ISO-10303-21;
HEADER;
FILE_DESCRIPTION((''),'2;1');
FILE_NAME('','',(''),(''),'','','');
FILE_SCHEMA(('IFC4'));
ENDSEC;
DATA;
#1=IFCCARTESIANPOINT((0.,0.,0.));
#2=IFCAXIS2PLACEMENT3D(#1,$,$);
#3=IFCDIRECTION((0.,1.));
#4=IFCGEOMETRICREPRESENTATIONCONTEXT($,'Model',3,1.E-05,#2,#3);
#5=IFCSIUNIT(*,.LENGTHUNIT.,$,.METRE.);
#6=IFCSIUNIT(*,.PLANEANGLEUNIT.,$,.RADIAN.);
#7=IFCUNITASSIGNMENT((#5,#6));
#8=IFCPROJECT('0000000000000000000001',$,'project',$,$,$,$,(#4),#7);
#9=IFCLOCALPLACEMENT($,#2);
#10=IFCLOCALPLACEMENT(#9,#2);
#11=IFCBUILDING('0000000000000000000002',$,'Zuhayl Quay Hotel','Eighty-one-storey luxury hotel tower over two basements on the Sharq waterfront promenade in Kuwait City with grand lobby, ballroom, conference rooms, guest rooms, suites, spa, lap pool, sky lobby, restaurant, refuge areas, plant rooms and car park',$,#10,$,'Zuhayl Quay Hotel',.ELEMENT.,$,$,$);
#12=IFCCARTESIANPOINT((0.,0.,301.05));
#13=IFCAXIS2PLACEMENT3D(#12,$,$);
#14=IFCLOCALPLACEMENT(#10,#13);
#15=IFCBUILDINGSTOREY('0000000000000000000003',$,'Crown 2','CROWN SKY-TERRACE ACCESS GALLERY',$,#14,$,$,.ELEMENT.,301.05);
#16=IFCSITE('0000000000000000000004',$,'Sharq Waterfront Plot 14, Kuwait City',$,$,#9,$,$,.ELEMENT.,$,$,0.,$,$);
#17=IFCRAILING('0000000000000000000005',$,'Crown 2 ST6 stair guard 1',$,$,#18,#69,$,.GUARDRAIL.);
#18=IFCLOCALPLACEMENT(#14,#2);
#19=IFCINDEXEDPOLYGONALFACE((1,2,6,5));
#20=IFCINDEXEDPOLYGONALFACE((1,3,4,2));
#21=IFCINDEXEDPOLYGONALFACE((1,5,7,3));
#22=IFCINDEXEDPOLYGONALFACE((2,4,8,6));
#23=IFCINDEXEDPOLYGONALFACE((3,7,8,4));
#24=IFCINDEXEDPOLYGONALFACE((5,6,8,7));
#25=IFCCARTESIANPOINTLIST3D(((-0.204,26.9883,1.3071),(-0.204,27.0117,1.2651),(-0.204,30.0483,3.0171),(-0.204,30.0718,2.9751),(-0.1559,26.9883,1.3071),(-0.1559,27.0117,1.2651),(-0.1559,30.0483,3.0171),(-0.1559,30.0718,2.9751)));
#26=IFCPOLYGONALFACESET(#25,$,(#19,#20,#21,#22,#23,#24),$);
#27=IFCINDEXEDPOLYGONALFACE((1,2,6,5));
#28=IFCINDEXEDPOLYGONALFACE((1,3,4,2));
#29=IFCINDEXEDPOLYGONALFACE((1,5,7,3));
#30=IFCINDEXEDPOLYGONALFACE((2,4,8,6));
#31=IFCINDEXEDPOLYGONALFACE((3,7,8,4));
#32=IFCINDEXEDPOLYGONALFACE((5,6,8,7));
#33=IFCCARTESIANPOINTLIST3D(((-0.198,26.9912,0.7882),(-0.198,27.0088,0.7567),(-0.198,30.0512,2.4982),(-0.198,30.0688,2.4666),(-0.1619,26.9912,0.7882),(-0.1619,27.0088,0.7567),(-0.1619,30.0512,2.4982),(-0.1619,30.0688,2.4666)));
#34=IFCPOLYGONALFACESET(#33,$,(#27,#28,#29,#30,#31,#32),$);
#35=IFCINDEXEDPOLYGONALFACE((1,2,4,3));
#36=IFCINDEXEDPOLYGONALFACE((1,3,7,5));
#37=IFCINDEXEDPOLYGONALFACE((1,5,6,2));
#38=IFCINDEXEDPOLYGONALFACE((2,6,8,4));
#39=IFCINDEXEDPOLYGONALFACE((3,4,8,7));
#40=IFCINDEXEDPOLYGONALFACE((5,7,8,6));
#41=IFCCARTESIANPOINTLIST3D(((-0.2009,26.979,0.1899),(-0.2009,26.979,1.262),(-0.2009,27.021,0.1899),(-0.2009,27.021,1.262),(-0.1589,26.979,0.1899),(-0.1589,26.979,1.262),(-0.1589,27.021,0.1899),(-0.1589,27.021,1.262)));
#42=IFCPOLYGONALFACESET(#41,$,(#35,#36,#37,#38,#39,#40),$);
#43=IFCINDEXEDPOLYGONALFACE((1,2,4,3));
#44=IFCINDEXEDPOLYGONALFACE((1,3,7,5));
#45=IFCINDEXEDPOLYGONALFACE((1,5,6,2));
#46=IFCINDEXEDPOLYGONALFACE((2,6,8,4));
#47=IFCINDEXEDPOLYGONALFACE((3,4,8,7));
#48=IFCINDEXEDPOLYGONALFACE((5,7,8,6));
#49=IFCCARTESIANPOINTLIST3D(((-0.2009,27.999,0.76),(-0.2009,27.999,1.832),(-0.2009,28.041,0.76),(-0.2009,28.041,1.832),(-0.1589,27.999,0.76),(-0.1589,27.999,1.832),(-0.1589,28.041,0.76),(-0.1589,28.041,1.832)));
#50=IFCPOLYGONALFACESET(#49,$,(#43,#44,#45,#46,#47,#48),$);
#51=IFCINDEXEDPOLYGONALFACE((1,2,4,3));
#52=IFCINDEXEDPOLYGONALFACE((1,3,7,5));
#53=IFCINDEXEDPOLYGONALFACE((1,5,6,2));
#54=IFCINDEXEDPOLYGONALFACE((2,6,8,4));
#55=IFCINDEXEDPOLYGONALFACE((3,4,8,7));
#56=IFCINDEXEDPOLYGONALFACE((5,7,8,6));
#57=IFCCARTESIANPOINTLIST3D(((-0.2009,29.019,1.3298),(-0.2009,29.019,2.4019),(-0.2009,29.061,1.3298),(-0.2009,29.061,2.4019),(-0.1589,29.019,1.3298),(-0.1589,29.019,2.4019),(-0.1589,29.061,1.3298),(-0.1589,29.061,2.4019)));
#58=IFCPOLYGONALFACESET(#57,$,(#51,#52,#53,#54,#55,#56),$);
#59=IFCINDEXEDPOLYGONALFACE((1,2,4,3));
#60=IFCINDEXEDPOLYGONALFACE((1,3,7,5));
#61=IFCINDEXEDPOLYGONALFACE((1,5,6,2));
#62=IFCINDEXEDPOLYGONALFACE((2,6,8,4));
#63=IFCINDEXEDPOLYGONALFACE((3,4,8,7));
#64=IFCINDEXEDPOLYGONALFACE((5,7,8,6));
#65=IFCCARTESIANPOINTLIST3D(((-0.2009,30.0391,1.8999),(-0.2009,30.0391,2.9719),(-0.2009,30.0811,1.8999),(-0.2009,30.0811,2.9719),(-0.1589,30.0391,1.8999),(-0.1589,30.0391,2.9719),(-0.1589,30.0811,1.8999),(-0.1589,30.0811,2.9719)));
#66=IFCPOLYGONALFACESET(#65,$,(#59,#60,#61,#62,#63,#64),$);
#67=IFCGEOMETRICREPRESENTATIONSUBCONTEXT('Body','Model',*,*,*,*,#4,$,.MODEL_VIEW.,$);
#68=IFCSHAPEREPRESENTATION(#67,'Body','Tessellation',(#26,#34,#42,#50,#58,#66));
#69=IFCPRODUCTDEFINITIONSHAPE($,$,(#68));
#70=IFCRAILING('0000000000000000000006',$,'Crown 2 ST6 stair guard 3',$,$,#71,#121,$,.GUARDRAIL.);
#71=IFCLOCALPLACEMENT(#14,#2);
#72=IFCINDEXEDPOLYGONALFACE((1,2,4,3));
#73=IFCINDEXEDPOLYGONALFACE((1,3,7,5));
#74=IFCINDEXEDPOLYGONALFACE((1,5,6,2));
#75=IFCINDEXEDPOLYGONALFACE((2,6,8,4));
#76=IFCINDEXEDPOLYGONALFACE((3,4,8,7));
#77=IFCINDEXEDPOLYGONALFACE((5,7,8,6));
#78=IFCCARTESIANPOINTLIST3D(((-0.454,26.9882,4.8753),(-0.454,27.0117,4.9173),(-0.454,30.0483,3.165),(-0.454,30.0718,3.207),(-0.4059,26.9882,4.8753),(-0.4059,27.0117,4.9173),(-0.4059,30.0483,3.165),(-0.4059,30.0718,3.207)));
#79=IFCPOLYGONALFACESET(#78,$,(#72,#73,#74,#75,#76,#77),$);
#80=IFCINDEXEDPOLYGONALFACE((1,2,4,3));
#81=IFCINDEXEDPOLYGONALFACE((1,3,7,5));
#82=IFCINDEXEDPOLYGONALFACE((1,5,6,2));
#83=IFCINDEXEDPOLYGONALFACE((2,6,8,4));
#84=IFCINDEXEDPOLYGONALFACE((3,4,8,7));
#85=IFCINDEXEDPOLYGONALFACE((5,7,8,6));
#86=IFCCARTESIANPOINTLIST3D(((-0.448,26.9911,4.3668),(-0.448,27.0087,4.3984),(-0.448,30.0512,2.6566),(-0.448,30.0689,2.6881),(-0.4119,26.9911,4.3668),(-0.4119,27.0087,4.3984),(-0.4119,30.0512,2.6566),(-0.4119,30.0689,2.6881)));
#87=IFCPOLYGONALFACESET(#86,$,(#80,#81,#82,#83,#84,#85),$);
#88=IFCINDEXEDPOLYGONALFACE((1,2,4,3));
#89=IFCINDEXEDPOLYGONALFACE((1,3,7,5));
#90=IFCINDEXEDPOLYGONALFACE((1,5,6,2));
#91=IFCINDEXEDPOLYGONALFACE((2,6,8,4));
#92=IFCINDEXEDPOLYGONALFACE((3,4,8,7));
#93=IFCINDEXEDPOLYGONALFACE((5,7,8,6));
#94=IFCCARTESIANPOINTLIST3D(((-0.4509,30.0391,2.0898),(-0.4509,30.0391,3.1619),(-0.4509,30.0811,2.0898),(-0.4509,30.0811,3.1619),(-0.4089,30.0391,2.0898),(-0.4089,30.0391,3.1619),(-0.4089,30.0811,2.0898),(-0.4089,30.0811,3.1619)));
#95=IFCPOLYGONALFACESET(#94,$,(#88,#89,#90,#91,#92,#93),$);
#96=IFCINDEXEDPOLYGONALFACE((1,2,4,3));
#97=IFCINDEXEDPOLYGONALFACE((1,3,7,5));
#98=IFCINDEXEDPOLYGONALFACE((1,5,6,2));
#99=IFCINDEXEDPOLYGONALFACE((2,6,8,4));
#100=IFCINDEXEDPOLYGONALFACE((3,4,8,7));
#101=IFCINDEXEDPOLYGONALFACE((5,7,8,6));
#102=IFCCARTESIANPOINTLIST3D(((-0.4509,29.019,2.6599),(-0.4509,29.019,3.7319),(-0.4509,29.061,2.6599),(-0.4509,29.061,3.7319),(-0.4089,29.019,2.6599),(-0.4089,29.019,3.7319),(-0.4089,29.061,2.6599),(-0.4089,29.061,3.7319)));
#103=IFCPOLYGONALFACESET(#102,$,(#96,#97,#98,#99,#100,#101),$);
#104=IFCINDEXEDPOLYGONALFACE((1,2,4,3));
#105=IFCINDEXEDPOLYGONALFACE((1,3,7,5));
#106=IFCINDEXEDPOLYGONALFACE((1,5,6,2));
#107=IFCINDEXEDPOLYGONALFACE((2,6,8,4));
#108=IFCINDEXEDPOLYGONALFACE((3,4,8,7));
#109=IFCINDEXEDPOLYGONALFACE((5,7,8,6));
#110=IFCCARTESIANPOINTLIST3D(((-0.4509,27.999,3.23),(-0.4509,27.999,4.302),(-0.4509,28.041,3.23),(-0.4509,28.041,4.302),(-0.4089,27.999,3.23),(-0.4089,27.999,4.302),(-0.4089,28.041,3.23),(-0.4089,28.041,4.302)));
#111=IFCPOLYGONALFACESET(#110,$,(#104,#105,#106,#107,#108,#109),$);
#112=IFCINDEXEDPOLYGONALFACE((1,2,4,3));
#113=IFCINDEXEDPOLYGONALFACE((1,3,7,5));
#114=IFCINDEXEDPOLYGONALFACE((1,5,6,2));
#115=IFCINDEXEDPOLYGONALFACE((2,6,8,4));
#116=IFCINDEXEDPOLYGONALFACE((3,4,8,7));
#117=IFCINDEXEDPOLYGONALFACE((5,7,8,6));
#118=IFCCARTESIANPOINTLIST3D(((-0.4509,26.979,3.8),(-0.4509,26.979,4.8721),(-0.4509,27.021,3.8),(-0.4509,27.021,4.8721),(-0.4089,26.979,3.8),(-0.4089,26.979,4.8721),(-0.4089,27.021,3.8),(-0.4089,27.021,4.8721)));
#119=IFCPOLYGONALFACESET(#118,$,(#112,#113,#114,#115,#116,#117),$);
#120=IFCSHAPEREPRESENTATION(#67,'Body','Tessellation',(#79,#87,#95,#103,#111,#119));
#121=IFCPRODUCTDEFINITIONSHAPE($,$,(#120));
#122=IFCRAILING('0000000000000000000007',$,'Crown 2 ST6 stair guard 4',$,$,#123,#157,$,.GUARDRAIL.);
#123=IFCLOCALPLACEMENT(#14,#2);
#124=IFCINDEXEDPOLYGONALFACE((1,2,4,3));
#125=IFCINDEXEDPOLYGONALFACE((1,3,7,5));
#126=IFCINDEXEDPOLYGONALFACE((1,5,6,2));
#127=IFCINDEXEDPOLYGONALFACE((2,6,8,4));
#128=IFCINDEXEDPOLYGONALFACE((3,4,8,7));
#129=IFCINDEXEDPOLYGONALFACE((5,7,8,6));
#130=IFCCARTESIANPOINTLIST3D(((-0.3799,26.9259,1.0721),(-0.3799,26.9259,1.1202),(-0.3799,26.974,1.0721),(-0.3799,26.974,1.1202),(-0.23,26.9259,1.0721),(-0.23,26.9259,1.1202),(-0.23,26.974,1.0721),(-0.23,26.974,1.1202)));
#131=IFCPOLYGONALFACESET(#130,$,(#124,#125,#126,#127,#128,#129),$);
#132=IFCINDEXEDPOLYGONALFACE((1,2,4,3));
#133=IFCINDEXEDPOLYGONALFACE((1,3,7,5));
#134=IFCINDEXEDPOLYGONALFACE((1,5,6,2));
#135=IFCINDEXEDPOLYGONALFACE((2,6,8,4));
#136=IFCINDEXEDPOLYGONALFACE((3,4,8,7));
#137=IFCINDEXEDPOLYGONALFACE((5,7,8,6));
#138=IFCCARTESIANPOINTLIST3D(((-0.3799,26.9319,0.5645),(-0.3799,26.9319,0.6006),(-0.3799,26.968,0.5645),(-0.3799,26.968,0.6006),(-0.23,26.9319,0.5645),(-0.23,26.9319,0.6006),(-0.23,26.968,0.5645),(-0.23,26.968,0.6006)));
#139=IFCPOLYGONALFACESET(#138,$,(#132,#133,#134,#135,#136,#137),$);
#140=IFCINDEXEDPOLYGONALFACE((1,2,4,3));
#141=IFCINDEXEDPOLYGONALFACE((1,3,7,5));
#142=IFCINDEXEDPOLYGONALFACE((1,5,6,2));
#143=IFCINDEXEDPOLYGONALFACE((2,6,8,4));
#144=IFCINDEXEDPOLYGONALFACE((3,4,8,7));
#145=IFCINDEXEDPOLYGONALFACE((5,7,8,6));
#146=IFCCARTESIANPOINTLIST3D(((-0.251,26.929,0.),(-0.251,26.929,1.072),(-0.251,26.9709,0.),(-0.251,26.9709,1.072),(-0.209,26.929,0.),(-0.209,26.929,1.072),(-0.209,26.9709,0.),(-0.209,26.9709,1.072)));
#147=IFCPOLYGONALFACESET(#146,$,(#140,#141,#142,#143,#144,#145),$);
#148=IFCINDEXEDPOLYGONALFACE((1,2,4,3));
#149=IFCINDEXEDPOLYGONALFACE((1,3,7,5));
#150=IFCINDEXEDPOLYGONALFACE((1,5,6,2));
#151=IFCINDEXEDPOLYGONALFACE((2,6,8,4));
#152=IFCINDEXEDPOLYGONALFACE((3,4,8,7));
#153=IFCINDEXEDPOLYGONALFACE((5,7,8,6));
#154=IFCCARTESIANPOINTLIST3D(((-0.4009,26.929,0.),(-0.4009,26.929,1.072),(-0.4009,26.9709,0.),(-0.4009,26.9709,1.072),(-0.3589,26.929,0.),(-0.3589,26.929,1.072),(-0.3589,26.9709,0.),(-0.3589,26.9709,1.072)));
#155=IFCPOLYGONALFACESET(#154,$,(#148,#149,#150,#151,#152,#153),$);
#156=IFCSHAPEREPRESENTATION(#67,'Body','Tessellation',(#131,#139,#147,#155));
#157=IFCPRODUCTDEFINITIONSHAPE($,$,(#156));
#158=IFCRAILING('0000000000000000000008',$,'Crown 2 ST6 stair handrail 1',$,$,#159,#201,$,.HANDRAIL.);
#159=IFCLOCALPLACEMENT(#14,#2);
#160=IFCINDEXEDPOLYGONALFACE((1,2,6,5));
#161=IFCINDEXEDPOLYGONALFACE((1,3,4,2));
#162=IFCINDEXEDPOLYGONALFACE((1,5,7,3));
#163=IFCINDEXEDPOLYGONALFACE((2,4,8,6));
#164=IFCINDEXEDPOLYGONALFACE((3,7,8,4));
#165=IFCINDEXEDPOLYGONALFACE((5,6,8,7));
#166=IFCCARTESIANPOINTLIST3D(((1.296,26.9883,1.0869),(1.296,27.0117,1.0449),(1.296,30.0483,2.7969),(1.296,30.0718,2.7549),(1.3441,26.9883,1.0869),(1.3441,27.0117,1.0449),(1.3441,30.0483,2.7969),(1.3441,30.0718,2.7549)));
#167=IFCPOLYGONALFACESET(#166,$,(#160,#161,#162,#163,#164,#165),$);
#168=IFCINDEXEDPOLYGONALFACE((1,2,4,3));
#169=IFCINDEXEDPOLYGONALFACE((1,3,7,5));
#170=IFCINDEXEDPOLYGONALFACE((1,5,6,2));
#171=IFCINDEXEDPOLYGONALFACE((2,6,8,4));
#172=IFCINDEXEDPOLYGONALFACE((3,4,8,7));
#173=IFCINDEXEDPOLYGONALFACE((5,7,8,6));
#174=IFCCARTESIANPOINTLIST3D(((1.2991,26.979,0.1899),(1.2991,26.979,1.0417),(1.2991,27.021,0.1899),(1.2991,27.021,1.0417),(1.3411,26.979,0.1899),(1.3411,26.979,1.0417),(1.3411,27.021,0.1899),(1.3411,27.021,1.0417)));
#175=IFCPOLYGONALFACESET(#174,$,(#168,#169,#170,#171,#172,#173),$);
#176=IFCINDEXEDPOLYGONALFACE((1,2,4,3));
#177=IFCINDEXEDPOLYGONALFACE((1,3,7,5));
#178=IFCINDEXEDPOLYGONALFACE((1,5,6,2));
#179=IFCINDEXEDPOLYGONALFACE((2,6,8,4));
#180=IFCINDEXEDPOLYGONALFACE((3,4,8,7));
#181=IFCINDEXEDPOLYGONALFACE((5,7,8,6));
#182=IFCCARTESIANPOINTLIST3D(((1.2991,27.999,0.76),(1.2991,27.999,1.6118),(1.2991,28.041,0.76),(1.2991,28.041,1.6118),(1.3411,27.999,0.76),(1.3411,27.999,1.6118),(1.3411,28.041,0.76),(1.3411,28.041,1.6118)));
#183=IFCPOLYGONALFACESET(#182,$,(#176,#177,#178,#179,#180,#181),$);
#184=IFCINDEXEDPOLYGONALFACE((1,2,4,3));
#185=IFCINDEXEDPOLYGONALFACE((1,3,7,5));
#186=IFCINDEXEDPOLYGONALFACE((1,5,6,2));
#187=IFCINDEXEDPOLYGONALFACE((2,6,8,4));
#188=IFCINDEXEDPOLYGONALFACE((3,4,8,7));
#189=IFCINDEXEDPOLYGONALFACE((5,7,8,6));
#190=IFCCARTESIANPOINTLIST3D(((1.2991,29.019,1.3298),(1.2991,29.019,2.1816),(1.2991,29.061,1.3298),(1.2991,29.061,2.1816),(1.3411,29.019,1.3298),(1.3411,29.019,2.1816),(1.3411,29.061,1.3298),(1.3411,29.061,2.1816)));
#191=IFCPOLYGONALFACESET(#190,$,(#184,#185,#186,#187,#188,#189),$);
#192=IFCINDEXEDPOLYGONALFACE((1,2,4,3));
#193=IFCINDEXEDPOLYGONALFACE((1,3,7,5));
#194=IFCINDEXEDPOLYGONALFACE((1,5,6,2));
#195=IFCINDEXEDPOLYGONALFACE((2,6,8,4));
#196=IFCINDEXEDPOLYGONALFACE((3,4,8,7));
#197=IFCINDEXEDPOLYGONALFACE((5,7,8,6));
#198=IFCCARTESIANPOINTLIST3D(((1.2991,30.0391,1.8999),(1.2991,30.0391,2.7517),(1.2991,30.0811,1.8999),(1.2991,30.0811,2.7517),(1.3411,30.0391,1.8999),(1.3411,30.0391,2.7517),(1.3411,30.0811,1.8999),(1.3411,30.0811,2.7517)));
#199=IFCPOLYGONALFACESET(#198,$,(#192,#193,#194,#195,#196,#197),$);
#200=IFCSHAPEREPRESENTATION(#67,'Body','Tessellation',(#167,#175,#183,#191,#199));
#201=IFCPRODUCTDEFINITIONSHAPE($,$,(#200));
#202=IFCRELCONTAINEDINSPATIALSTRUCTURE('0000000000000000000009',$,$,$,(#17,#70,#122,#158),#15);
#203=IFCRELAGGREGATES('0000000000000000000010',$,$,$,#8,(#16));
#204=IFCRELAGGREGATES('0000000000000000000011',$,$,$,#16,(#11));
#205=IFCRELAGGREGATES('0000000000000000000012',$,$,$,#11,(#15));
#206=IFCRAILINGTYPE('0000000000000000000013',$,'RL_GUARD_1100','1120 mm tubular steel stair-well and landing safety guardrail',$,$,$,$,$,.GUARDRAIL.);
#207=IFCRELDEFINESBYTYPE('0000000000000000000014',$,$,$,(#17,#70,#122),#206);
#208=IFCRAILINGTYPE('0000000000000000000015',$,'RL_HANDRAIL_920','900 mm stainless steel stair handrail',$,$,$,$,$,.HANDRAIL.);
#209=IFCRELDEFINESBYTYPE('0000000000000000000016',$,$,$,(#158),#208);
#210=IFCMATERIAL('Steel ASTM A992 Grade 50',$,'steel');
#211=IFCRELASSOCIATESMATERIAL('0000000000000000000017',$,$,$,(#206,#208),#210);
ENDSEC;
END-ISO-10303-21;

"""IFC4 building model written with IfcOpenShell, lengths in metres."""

from ifc_helpers import new_model, si_unit, direction, frame, origin, origin_2d, place, context, subcontext, project, spatial, rectangle, extrude, material, type_object, element, save


model = new_model("IFC4")

# Units and contexts
model_context = context("Model", 3, precision=1e-05, world=origin(), true_north=direction((0.0, 1.0)))
body_context = subcontext(model_context, "Body", "Model", "MODEL_VIEW")
ifc_project = project(units=[si_unit("LENGTHUNIT", "METRE"), si_unit("PLANEANGLEUNIT", "RADIAN")], contexts=[model_context])

# Site, building, storey
site_placement = place(None, origin())
site = spatial("IfcSite", under=ifc_project, at=site_placement, Name="Sharq Waterfront Plot 14, Kuwait City", CompositionType="ELEMENT", RefElevation=0.0)
building_placement = place(site_placement, origin())
building = spatial("IfcBuilding", under=site, at=building_placement, Name="Zuhayl Quay Hotel", Description="Eighty-one-storey luxury hotel tower over two basements on the Sharq waterfront promenade in Kuwait City with grand lobby, ballroom, conference rooms, guest rooms, suites, spa, lap pool, sky lobby, restaurant, refuge areas, plant rooms and car park", LongName="Zuhayl Quay Hotel", CompositionType="ELEMENT")
storey_placement = place(building_placement, frame((0.0, 0.0, 301.05)))
storey = spatial("IfcBuildingStorey", under=building, at=storey_placement, Name="Crown 2", Description="CROWN SKY-TERRACE ACCESS GALLERY", CompositionType="ELEMENT", Elevation=301.05)

# Railings
ifc_material_1 = material(Name="Steel ASTM A992 Grade 50", Category="steel")
railing_type_1 = type_object("IfcRailingType", Name="RL_GUARD_1100", Description="1120 mm tubular steel stair-well and landing safety guardrail", PredefinedType="GUARDRAIL", material=ifc_material_1)
railing_1_placement = place(storey_placement, frame((-0.1799, 27.0, 0.1899)))
element("IfcRailing", 1, at=railing_1_placement, inside=storey, type_object=railing_type_1, Name="Crown 2 ST6 stair guard 1", PredefinedType="GUARDRAIL", context=body_context, shape_type="SweptSolid", body=[
    extrude(rectangle(XDim=0.0481, YDim=0.0481, at=origin_2d()), frame((0.0, 0.0, 1.0962), z_axis=(0.0, 0.872952, 0.487806), x_axis=(-1.0, 0.0, 0.0)), (0.0, 0.0, 1.0), 3.5054),
    extrude(rectangle(XDim=0.0361, YDim=0.0361, at=origin_2d()), frame((0.0, 0.0, 0.5825), z_axis=(0.0, 0.872952, 0.487806), x_axis=(-1.0, 0.0, 0.0)), (0.0, 0.0, 1.0), 3.5054),
    extrude(rectangle(XDim=0.042, YDim=0.042, at=origin_2d()), origin(), (0.0, 0.0, 1.0), 1.072),
    extrude(rectangle(XDim=0.042, YDim=0.042, at=origin_2d()), frame((0.0, 1.02, 0.5701)), (0.0, 0.0, 1.0), 1.072),
    extrude(rectangle(XDim=0.042, YDim=0.042, at=origin_2d()), frame((0.0, 2.04, 1.1399)), (0.0, 0.0, 1.0), 1.072),
    extrude(rectangle(XDim=0.042, YDim=0.042, at=origin_2d()), frame((0.0, 3.0601, 1.71)), (0.0, 0.0, 1.0), 1.072),
])
railing_2_placement = place(storey_placement, frame((-0.4299, 30.0601, 2.0898)))
element("IfcRailing", 2, at=railing_2_placement, inside=storey, type_object=railing_type_1, Name="Crown 2 ST6 stair guard 3", PredefinedType="GUARDRAIL", context=body_context, shape_type="SweptSolid", body=[
    extrude(rectangle(XDim=0.0481, YDim=0.0481, at=origin_2d()), frame((0.0, 0.0, 1.0962), z_axis=(0.0, -0.872923, 0.487859), x_axis=(1.0, 0.0, 0.0)), (0.0, 0.0, 1.0), 3.5056),
    extrude(rectangle(XDim=0.0361, YDim=0.0361, at=origin_2d()), frame((0.0, 0.0, 0.5825), z_axis=(0.0, -0.872923, 0.487859), x_axis=(1.0, 0.0, 0.0)), (0.0, 0.0, 1.0), 3.5056),
    extrude(rectangle(XDim=0.042, YDim=0.042, at=origin_2d()), origin(), (0.0, 0.0, 1.0), 1.072),
    extrude(rectangle(XDim=0.042, YDim=0.042, at=origin_2d()), frame((0.0, -1.02, 0.5701)), (0.0, 0.0, 1.0), 1.072),
    extrude(rectangle(XDim=0.042, YDim=0.042, at=origin_2d()), frame((0.0, -2.04, 1.1401)), (0.0, 0.0, 1.0), 1.072),
    extrude(rectangle(XDim=0.042, YDim=0.042, at=origin_2d()), frame((0.0, -3.0601, 1.7102)), (0.0, 0.0, 1.0), 1.072),
])
railing_3_placement = place(storey_placement, frame((-0.23, 26.95, 0.0)))
element("IfcRailing", 3, at=railing_3_placement, inside=storey, type_object=railing_type_1, Name="Crown 2 ST6 stair guard 4", PredefinedType="GUARDRAIL", context=body_context, shape_type="SweptSolid", body=[
    extrude(rectangle(XDim=0.0481, YDim=0.0481, at=origin_2d()), frame((0.0, 0.0, 1.0962), z_axis=(-1.0, 0.0, 0.0), x_axis=(0.0, -1.0, 0.0)), (0.0, 0.0, 1.0), 0.1499),
    extrude(rectangle(XDim=0.0361, YDim=0.0361, at=origin_2d()), frame((0.0, 0.0, 0.5825), z_axis=(-1.0, 0.0, 0.0), x_axis=(0.0, -1.0, 0.0)), (0.0, 0.0, 1.0), 0.1499),
    extrude(rectangle(XDim=0.042, YDim=0.042, at=origin_2d()), origin(), (0.0, 0.0, 1.0), 1.072),
    extrude(rectangle(XDim=0.042, YDim=0.042, at=origin_2d()), frame((-0.1499, 0.0, 0.0)), (0.0, 0.0, 1.0), 1.072),
])
railing_type_2 = type_object("IfcRailingType", Name="RL_HANDRAIL_920", Description="900 mm stainless steel stair handrail", PredefinedType="HANDRAIL", material=ifc_material_1)
railing_4_placement = place(storey_placement, frame((1.3201, 27.0, 0.1899)))
element("IfcRailing", 4, at=railing_4_placement, inside=storey, type_object=railing_type_2, Name="Crown 2 ST6 stair handrail 1", PredefinedType="HANDRAIL", context=body_context, shape_type="SweptSolid", body=[
    extrude(rectangle(XDim=0.0481, YDim=0.0481, at=origin_2d()), frame((0.0, 0.0, 0.876), z_axis=(0.0, 0.872952, 0.487806), x_axis=(-1.0, 0.0, 0.0)), (0.0, 0.0, 1.0), 3.5054),
    extrude(rectangle(XDim=0.042, YDim=0.042, at=origin_2d()), origin(), (0.0, 0.0, 1.0), 0.8518),
    extrude(rectangle(XDim=0.042, YDim=0.042, at=origin_2d()), frame((0.0, 1.02, 0.5701)), (0.0, 0.0, 1.0), 0.8518),
    extrude(rectangle(XDim=0.042, YDim=0.042, at=origin_2d()), frame((0.0, 2.04, 1.1399)), (0.0, 0.0, 1.0), 0.8518),
    extrude(rectangle(XDim=0.042, YDim=0.042, at=origin_2d()), frame((0.0, 3.0601, 1.71)), (0.0, 0.0, 1.0), 0.8518),
])

save(model, "model.ifc")
